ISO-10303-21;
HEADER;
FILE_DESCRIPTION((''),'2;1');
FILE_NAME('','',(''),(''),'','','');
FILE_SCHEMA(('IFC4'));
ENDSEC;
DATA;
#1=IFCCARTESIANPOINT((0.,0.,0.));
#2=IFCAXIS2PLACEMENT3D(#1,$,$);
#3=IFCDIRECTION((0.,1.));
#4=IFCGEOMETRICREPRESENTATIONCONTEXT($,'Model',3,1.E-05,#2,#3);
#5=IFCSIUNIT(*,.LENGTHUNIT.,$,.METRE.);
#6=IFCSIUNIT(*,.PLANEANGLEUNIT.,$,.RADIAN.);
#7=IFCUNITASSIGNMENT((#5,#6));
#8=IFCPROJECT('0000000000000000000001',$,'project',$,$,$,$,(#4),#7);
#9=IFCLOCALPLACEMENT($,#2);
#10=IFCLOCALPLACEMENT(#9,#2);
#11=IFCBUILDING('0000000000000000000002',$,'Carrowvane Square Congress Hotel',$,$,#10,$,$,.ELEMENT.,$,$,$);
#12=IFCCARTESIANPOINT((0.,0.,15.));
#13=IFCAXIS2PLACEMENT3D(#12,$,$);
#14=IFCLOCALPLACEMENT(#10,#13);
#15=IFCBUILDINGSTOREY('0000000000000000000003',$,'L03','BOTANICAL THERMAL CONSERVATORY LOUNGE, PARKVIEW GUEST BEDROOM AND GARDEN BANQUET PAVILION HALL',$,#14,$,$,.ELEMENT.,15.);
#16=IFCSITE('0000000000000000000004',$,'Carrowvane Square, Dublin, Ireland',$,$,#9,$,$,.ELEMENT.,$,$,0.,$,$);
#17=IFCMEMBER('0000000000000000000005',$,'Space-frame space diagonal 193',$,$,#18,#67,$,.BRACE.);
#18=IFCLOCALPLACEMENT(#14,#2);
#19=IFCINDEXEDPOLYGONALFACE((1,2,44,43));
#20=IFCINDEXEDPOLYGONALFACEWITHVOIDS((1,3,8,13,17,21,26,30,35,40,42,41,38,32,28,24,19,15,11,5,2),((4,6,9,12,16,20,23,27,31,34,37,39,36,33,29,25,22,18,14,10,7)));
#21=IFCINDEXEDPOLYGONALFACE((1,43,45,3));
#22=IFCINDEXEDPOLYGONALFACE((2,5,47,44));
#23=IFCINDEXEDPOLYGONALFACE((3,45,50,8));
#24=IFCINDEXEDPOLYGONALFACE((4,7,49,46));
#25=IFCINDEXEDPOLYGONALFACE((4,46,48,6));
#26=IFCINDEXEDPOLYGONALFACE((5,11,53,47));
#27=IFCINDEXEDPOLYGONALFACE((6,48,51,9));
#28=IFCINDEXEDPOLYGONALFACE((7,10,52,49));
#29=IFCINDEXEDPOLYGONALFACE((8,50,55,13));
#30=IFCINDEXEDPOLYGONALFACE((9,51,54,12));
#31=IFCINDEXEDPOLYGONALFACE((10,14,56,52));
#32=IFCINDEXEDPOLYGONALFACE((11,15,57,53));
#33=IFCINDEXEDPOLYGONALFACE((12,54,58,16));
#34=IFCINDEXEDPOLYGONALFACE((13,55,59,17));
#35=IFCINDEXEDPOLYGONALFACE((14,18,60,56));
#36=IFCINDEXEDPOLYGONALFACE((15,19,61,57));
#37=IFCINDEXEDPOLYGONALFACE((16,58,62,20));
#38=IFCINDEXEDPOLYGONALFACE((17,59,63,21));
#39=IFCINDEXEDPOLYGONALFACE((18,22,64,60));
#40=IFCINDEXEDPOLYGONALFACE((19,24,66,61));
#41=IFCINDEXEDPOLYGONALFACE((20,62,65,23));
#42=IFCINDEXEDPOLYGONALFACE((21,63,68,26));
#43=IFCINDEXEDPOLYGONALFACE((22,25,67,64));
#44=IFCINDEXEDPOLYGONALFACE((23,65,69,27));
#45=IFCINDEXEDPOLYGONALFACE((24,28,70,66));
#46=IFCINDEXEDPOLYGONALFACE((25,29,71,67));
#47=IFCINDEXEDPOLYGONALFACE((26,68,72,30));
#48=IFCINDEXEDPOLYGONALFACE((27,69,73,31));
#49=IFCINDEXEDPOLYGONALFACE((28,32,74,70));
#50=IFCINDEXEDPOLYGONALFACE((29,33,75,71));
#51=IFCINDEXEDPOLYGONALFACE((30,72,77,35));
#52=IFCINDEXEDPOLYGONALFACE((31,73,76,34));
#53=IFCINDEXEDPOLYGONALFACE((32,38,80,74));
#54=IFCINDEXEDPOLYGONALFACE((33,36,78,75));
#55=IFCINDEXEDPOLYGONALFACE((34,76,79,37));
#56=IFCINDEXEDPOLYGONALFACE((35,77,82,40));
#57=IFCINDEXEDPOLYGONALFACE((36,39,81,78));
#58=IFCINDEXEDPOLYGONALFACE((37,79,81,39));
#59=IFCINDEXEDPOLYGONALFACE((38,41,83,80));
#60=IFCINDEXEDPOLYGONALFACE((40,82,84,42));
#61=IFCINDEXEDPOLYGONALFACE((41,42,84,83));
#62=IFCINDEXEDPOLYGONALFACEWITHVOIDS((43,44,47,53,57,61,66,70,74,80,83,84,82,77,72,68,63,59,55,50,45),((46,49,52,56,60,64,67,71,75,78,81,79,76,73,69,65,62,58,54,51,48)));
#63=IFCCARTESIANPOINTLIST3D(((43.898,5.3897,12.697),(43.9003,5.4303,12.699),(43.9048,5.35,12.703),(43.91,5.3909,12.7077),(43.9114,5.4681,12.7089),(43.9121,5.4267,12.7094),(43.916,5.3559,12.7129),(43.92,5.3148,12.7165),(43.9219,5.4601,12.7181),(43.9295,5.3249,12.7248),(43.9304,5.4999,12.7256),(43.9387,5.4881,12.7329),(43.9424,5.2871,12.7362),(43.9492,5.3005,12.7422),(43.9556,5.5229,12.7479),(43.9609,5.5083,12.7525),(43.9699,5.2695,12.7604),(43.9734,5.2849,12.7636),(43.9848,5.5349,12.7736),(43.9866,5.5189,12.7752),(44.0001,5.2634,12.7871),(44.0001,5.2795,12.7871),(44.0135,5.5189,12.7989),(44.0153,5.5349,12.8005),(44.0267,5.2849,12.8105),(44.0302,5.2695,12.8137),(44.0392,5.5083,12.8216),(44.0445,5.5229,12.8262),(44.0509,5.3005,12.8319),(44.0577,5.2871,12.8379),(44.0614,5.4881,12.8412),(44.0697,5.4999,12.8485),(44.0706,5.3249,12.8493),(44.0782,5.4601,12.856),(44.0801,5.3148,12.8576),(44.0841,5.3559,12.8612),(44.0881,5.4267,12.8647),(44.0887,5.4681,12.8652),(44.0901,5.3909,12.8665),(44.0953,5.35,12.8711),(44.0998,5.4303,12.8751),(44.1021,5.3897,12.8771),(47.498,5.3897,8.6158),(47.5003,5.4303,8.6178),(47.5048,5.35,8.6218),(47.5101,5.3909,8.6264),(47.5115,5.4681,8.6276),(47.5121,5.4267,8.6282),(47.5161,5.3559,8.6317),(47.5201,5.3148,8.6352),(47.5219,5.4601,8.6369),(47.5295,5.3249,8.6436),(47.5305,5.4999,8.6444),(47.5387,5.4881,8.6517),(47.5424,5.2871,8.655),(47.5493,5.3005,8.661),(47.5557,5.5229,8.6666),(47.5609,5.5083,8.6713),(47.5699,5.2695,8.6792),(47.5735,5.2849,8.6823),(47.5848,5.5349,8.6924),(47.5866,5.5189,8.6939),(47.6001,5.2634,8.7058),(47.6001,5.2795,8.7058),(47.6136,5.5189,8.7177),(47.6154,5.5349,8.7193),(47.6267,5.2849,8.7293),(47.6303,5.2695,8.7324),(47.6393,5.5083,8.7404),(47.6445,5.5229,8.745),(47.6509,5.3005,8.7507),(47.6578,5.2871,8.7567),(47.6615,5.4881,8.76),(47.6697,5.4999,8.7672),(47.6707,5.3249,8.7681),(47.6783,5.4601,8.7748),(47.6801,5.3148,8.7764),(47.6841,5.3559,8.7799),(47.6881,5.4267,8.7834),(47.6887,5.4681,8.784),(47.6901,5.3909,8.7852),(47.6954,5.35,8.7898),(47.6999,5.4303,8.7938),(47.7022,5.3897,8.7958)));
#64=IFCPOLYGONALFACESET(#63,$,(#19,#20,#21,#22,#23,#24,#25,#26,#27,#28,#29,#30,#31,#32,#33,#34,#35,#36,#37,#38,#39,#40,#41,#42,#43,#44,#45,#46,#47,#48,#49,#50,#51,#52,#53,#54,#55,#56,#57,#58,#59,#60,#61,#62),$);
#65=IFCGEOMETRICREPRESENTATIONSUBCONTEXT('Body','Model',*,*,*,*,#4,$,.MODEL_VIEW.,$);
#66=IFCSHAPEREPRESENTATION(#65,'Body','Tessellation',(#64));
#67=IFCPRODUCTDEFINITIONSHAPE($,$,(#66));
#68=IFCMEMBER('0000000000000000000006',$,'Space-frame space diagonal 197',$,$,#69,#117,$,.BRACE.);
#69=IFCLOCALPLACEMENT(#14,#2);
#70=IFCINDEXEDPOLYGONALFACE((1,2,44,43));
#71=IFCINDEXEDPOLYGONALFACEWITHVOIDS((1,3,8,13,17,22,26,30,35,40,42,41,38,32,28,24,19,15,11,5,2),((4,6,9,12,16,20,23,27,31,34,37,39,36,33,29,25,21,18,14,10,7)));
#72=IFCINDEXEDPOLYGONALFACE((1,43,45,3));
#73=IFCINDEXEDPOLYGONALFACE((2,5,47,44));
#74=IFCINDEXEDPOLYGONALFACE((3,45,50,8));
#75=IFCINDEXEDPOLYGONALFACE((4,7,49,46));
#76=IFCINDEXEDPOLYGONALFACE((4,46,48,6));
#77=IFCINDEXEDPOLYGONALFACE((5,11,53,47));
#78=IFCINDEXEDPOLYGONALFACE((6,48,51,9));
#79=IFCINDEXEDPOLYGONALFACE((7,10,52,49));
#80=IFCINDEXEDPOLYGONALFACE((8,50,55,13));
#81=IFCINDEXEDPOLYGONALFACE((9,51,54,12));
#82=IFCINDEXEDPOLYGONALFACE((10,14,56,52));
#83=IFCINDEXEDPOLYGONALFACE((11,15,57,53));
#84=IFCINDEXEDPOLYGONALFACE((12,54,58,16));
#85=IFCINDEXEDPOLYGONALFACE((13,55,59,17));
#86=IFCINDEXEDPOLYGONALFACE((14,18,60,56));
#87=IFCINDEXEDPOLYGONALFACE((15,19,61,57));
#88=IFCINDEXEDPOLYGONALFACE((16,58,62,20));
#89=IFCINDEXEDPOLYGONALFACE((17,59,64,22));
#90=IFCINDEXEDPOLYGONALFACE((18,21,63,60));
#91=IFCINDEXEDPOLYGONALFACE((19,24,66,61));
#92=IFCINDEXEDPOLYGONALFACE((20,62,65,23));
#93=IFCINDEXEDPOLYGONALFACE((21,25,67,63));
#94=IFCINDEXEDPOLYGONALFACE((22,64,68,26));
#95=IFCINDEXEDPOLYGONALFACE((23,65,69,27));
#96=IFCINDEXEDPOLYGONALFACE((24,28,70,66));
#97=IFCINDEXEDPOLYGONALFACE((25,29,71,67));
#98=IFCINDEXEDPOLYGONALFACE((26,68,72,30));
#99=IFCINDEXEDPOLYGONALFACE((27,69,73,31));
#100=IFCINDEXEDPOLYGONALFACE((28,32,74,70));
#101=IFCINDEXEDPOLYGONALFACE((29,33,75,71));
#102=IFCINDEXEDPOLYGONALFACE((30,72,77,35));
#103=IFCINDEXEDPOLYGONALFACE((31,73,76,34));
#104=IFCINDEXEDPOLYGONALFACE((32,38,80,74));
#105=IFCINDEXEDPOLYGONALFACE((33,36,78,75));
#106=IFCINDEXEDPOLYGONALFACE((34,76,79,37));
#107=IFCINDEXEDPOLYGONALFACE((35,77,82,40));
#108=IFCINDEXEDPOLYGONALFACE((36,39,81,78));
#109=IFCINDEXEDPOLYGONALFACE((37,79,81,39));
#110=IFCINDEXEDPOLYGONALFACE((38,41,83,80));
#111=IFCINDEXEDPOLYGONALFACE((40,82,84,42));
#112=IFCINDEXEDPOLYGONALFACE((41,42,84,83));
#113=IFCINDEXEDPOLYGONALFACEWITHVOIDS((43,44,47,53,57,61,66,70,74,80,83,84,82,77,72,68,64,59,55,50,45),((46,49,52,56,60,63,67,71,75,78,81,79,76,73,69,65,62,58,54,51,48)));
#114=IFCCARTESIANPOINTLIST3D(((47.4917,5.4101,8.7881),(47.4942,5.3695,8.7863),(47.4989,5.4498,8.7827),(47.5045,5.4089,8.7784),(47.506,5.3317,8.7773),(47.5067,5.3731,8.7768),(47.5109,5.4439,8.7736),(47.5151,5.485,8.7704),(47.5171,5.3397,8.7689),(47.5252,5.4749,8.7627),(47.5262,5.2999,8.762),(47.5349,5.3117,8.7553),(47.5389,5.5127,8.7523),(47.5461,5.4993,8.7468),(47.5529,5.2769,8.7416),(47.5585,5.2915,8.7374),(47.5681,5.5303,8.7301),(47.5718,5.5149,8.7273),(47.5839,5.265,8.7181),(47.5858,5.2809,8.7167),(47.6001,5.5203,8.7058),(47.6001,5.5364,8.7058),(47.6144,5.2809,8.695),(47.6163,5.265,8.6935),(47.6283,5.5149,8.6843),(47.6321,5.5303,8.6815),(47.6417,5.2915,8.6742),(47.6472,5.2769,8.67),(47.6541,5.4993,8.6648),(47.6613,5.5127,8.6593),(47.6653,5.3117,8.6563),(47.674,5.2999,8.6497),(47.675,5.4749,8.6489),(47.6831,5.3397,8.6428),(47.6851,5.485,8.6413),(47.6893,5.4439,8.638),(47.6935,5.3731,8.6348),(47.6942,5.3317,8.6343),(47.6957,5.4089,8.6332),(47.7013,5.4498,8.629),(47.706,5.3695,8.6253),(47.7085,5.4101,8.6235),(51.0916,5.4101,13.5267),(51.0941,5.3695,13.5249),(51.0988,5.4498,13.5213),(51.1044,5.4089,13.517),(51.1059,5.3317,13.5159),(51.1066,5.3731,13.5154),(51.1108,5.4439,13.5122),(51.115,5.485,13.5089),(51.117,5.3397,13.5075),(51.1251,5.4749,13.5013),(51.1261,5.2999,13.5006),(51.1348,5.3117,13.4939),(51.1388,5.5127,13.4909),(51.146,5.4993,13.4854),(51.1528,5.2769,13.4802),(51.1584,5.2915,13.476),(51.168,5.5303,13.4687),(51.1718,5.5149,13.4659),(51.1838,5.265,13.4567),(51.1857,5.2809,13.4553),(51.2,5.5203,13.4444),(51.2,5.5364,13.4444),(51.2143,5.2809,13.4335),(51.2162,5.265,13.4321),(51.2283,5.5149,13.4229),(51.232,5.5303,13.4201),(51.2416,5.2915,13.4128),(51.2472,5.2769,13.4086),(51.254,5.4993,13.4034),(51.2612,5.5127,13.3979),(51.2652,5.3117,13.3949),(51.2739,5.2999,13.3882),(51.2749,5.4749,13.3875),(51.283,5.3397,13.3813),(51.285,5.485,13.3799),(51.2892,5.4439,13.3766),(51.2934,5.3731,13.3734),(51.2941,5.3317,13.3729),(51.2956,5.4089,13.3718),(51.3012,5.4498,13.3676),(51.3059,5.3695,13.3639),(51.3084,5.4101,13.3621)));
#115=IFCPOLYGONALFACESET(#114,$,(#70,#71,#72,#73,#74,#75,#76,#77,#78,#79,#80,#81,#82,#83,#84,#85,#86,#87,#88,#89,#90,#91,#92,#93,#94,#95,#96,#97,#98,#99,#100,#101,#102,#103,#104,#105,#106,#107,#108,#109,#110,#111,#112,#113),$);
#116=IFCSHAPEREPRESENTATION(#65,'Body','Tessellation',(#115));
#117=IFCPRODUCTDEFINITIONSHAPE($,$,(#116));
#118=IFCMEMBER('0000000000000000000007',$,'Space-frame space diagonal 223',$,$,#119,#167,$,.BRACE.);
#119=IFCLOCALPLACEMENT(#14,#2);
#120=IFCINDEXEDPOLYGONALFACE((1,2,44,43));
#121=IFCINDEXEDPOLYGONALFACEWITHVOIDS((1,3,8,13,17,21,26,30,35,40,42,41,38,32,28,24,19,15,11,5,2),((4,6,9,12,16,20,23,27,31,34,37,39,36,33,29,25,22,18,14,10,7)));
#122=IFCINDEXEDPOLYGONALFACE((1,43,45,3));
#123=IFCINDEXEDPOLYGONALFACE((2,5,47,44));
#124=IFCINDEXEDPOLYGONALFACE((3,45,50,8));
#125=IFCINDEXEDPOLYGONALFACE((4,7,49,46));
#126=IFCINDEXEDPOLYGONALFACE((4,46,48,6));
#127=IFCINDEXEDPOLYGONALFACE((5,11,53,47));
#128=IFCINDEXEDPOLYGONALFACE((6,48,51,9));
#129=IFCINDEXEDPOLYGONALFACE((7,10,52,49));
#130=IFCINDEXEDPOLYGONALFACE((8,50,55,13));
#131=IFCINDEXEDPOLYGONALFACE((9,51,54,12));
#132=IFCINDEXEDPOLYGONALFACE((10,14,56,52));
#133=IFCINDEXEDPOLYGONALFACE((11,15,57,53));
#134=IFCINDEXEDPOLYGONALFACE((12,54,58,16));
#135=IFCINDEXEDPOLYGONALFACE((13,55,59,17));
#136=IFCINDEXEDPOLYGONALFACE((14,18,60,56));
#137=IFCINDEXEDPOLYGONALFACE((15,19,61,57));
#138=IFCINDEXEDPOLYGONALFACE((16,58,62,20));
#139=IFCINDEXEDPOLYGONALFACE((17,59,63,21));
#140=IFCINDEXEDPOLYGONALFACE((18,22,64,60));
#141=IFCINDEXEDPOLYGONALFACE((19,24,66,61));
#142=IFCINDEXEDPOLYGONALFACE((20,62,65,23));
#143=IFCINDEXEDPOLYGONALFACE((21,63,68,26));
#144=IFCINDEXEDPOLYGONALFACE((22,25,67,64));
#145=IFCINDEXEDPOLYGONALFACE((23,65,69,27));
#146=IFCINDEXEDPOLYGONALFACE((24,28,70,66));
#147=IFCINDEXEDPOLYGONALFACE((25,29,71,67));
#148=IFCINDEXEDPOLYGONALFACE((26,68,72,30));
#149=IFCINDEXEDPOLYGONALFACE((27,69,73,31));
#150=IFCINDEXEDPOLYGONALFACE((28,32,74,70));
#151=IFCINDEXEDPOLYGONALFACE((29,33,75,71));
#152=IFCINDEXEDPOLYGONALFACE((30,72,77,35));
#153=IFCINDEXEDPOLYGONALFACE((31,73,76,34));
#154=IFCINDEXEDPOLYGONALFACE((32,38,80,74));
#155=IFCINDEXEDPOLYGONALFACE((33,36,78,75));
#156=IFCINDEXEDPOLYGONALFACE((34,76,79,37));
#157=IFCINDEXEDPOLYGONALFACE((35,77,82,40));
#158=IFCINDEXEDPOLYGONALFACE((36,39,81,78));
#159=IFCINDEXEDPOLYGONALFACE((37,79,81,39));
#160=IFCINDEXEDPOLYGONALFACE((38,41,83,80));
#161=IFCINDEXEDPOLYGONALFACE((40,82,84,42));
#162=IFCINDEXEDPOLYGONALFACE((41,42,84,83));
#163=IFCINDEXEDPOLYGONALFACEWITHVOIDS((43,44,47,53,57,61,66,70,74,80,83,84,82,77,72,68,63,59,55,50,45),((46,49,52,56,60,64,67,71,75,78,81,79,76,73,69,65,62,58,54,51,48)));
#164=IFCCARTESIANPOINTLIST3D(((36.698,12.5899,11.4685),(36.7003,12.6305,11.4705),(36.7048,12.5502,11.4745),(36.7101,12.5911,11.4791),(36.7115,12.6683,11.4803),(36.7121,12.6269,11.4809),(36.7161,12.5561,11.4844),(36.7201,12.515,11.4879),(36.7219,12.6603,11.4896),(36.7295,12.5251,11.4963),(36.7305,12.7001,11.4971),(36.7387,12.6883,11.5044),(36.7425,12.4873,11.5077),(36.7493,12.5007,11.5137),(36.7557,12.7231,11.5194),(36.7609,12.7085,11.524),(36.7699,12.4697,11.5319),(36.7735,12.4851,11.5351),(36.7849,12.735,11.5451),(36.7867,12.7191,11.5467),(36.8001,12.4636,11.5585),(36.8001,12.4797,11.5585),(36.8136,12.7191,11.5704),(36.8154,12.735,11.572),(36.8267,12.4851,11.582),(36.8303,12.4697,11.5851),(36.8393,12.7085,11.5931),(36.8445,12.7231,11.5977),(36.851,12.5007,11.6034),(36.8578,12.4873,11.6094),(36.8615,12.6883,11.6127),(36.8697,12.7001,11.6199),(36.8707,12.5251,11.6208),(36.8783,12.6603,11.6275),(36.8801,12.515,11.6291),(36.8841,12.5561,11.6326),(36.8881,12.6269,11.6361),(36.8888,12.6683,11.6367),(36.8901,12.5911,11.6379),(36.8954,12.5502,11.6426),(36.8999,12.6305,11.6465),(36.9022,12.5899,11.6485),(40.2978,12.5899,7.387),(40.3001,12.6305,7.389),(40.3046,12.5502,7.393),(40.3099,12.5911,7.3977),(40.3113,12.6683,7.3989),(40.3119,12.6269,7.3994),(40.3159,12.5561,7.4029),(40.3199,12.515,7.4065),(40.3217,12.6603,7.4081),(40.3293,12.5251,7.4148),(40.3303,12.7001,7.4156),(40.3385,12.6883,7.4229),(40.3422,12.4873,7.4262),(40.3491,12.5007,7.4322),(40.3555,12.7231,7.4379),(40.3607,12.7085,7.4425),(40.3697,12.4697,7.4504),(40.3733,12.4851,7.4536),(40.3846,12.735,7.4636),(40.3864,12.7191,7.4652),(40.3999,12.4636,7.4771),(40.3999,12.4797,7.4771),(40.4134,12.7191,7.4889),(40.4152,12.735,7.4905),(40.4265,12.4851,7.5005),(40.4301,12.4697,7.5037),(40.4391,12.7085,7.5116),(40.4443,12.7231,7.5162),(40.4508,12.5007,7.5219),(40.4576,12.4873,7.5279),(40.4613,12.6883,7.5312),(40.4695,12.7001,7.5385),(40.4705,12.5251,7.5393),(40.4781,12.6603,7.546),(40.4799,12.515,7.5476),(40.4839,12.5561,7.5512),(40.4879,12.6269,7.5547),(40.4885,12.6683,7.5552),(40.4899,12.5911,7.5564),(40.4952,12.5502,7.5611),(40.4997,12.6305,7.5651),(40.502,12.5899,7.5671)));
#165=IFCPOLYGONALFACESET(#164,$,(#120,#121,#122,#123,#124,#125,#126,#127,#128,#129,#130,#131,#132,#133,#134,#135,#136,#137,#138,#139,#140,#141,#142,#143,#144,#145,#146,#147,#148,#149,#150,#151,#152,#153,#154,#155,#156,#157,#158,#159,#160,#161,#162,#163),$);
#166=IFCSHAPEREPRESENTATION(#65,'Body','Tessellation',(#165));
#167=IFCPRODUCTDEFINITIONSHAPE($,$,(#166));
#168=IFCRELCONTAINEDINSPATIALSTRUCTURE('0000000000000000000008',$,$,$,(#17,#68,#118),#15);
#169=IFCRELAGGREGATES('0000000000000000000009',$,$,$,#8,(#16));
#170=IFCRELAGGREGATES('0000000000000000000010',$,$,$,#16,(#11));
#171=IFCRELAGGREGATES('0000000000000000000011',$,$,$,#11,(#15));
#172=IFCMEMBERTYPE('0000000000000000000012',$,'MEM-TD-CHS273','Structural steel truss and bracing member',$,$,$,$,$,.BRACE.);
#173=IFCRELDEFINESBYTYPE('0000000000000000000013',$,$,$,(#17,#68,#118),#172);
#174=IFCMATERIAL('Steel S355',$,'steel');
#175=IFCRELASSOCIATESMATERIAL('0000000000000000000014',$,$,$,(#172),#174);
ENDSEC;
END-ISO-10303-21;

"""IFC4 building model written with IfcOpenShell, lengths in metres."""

from ifc_helpers import new_model, si_unit, direction, frame, origin, origin_2d, place, context, subcontext, project, spatial, hollow_circle, extrude, material, material_profile, profile_set, type_object, element, save


model = new_model("IFC4")

# Units and contexts
model_context = context("Model", 3, precision=1e-05, world=origin(), true_north=direction((0.0, 1.0)))
body_context = subcontext(model_context, "Body", "Model", "MODEL_VIEW")
ifc_project = project(units=[si_unit("LENGTHUNIT", "METRE"), si_unit("PLANEANGLEUNIT", "RADIAN")], contexts=[model_context])

# Site, building, storey
site_placement = place(None, origin())
site = spatial("IfcSite", under=ifc_project, at=site_placement, Name="Carrowvane Square, Dublin, Ireland", CompositionType="ELEMENT", RefElevation=0.0)
building_placement = place(site_placement, origin())
building = spatial("IfcBuilding", under=site, at=building_placement, Name="Carrowvane Square Congress Hotel", CompositionType="ELEMENT")
storey_placement = place(building_placement, frame((0.0, 0.0, 15.0)))
storey = spatial("IfcBuildingStorey", under=building, at=storey_placement, Name="L03", Description="BOTANICAL THERMAL CONSERVATORY LOUNGE, PARKVIEW GUEST BEDROOM AND GARDEN BANQUET PAVILION HALL", CompositionType="ELEMENT", Elevation=15.0)

# Members
ifc_material_1 = material(Name="Steel S355", Category="steel")
ifc_material_profile_1 = material_profile(ifc_material_1, hollow_circle(Radius=0.1365, WallThickness=0.0161, at=origin_2d()), Name="CHS 273.0x16")
ifc_profile_set_1 = profile_set([ifc_material_profile_1], Name="Steel S355")
member_type_1 = type_object("IfcMemberType", Name="MEM-TD-CHS273", Description="Structural steel truss and bracing member", PredefinedType="BRACE", material=ifc_profile_set_1)
member_1_placement = place(storey_placement, frame((47.6001, 5.3999, 8.7058), z_axis=(-0.661513, 0.0, 0.749933), x_axis=(0.0, -1.0, 0.0)))
element("IfcMember", 1, at=member_1_placement, inside=storey, type_object=member_type_1, Name="Space-frame space diagonal 193", PredefinedType="BRACE", context=body_context, shape_type="SweptSolid", body=[
    extrude(hollow_circle(Radius=0.1365, WallThickness=0.0161, at=origin_2d()), origin(), (0.0, 0.0, 1.0), 5.4421),
])
member_2_placement = place(storey_placement, frame((47.6001, 5.3999, 8.7058), z_axis=(0.604931, 0.0, 0.796278), x_axis=(0.0, 1.0, 0.0)))
element("IfcMember", 2, at=member_2_placement, inside=storey, type_object=member_type_1, Name="Space-frame space diagonal 197", PredefinedType="BRACE", context=body_context, shape_type="SweptSolid", body=[
    extrude(hollow_circle(Radius=0.1365, WallThickness=0.0161, at=origin_2d()), origin(), (0.0, 0.0, 1.0), 5.9509),
])
member_3_placement = place(storey_placement, frame((40.3999, 12.6001, 7.4771), z_axis=(-0.661466, 0.0, 0.749975), x_axis=(0.0, -1.0, 0.0)))
element("IfcMember", 3, at=member_3_placement, inside=storey, type_object=member_type_1, Name="Space-frame space diagonal 223", PredefinedType="BRACE", context=body_context, shape_type="SweptSolid", body=[
    extrude(hollow_circle(Radius=0.1365, WallThickness=0.0161, at=origin_2d()), origin(), (0.0, 0.0, 1.0), 5.4421),
])

save(model, "model.ifc")
